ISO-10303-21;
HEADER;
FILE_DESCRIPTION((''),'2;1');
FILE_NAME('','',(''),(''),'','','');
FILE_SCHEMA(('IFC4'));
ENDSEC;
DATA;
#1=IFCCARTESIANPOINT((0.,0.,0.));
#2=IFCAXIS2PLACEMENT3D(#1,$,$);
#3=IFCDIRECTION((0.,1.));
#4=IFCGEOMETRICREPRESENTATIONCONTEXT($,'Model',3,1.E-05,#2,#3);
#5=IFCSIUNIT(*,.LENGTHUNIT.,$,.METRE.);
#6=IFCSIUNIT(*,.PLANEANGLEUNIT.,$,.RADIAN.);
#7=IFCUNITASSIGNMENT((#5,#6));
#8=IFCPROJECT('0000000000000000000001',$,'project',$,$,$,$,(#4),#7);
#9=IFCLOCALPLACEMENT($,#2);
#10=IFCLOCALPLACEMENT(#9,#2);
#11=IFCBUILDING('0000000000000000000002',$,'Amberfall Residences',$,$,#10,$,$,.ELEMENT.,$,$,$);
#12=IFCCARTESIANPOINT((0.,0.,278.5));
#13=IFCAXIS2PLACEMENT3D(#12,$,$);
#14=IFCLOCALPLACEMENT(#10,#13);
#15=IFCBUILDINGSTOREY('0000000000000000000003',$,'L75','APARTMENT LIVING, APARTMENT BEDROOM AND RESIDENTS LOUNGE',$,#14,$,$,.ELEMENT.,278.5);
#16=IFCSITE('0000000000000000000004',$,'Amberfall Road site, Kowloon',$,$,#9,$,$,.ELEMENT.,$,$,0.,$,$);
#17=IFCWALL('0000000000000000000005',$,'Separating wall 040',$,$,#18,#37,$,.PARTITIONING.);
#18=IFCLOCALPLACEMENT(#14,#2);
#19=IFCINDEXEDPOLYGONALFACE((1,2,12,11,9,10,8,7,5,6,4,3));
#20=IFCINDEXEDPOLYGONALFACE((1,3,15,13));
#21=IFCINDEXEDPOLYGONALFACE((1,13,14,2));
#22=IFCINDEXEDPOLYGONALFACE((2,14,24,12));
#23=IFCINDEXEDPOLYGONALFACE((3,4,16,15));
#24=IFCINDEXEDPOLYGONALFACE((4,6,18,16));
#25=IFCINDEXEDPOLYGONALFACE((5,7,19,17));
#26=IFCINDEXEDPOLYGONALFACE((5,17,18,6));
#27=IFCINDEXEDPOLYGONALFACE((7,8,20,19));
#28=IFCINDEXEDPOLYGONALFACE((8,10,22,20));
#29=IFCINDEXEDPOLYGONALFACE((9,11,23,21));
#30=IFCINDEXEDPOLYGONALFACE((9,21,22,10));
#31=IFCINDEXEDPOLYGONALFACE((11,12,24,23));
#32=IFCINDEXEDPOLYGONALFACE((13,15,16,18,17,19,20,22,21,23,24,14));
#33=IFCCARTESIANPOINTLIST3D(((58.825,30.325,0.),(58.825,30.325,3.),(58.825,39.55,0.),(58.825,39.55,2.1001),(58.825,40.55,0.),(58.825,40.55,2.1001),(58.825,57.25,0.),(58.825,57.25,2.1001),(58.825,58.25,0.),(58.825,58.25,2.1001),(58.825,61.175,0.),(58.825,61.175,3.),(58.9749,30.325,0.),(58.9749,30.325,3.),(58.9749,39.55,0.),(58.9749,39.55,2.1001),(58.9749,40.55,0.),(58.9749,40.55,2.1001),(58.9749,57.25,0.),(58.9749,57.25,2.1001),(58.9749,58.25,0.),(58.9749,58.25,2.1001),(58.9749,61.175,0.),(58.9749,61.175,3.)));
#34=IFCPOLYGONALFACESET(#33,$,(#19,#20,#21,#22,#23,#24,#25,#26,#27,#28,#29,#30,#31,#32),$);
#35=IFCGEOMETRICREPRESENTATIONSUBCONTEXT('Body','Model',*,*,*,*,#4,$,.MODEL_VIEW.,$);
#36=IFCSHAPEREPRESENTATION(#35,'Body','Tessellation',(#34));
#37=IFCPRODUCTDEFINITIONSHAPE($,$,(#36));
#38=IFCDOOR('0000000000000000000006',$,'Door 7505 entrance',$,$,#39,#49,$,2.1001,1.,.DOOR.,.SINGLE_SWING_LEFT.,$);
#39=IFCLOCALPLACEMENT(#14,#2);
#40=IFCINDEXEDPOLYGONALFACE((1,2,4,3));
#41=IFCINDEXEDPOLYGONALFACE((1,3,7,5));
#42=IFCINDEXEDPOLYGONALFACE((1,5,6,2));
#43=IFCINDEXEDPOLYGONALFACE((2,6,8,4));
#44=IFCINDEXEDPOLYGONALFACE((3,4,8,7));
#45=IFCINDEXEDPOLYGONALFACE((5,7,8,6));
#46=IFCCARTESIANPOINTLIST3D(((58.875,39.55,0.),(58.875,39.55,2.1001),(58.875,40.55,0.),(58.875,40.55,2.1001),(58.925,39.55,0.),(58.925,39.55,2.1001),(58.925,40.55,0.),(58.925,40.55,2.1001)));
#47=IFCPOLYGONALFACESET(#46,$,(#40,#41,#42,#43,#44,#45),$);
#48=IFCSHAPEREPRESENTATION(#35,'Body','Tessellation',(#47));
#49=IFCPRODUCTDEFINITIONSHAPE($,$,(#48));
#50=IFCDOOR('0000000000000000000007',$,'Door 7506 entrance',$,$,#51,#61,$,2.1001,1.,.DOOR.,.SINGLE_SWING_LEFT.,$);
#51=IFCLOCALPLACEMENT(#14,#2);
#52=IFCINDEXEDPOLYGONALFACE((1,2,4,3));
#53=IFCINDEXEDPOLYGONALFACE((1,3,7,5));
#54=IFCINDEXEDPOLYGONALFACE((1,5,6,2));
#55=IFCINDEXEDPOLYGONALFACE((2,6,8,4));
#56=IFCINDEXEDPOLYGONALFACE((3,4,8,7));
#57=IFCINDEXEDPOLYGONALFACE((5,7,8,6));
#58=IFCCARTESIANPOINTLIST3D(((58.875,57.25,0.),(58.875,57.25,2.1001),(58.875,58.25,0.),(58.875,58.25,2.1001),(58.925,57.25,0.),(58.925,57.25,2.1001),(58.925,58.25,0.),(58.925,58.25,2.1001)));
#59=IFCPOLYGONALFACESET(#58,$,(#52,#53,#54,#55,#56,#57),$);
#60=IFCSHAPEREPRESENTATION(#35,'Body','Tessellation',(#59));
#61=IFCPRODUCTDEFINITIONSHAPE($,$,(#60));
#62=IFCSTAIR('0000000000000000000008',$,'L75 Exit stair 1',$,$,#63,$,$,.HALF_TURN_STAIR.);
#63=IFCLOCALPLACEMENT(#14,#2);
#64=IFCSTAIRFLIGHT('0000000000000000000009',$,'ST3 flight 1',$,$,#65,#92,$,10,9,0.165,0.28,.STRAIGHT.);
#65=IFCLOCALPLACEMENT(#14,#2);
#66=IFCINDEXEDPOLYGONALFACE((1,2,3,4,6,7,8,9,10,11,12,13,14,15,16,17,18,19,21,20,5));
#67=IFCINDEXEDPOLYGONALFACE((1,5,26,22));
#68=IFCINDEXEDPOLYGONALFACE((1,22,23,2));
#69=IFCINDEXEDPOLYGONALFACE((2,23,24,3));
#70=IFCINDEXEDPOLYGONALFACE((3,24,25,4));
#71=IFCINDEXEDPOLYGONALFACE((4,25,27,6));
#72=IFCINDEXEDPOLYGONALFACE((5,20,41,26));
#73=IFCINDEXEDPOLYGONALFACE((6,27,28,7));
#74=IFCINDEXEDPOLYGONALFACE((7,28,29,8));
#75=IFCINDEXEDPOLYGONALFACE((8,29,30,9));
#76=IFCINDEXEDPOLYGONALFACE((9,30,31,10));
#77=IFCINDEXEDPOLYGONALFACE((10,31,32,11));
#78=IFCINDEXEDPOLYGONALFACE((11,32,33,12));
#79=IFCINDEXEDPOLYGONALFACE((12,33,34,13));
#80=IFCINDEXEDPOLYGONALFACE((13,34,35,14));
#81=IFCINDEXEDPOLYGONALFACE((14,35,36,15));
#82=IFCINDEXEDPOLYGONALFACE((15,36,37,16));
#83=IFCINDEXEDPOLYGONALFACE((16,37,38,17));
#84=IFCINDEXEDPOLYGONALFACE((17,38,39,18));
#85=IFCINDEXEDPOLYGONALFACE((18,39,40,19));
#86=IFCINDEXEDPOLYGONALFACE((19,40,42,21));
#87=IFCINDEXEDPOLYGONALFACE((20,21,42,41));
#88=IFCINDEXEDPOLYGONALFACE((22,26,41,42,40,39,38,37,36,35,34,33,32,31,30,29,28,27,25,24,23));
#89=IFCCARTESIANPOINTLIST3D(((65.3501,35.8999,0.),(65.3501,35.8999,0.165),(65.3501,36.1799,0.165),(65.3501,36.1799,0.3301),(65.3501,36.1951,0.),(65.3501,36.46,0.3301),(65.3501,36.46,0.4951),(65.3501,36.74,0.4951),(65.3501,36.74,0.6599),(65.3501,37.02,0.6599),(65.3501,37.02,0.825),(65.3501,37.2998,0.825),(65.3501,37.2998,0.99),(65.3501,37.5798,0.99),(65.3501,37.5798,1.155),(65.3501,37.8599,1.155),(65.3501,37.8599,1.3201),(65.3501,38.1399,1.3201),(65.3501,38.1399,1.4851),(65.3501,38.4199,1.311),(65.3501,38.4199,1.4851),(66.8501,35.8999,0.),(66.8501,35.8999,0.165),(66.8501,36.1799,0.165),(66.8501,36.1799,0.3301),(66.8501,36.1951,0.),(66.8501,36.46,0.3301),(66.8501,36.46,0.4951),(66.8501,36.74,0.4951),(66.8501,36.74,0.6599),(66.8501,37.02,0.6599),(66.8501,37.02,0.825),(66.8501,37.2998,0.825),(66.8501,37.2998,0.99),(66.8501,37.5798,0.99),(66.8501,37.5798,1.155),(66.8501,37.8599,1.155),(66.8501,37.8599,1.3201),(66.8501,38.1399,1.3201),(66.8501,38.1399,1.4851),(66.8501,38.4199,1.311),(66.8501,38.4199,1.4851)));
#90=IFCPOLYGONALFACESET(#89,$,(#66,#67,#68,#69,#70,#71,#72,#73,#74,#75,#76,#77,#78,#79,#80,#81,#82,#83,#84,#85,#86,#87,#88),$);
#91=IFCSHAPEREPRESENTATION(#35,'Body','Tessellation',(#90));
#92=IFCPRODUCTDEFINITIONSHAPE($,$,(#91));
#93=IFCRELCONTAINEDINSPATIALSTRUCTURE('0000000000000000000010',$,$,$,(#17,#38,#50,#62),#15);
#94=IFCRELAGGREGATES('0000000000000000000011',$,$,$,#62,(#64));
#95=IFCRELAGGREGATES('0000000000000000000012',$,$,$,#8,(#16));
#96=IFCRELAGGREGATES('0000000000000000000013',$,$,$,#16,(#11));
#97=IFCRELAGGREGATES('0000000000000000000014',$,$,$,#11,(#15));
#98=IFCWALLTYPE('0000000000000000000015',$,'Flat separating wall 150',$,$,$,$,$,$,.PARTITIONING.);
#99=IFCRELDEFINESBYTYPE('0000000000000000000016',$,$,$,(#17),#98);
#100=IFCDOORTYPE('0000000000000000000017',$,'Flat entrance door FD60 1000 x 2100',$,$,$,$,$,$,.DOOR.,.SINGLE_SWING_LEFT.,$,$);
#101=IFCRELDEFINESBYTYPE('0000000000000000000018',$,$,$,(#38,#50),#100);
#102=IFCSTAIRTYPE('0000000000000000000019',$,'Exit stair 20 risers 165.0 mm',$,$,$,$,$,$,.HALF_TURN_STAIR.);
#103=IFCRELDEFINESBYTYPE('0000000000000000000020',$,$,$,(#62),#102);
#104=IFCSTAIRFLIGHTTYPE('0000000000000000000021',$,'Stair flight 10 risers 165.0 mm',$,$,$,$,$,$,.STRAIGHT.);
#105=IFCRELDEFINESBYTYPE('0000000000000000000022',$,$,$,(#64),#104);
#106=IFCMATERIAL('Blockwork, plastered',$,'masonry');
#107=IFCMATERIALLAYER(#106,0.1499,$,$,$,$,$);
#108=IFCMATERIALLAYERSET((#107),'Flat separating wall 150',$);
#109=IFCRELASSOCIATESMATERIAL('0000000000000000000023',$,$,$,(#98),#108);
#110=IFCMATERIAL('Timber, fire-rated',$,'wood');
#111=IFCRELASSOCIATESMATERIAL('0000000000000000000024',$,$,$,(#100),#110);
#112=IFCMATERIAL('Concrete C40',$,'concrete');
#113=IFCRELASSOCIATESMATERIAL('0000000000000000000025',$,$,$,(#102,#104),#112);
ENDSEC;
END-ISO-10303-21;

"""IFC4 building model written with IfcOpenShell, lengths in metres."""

from ifc_helpers import new_model, si_unit, direction, frame, frame_2d, origin, place, context, subcontext, project, spatial, polyline, rectangle, outline, extrude, material, layer, layer_set, type_object, element, fill, aggregate, save


model = new_model("IFC4")

# Units and contexts
model_context = context("Model", 3, precision=1e-05, world=origin(), true_north=direction((0.0, 1.0)))
body_context = subcontext(model_context, "Body", "Model", "MODEL_VIEW")
ifc_project = project(units=[si_unit("LENGTHUNIT", "METRE"), si_unit("PLANEANGLEUNIT", "RADIAN")], contexts=[model_context])

# Site, building, storey
site_placement = place(None, origin())
site = spatial("IfcSite", under=ifc_project, at=site_placement, Name="Amberfall Road site, Kowloon", CompositionType="ELEMENT", RefElevation=0.0)
building_placement = place(site_placement, origin())
building = spatial("IfcBuilding", under=site, at=building_placement, Name="Amberfall Residences", CompositionType="ELEMENT")
storey_placement = place(building_placement, frame((0.0, 0.0, 278.5)))
storey = spatial("IfcBuildingStorey", under=building, at=storey_placement, Name="L75", Description="APARTMENT LIVING, APARTMENT BEDROOM AND RESIDENTS LOUNGE", CompositionType="ELEMENT", Elevation=278.5)

# Wall, openings, doors
ifc_material_1 = material(Name="Blockwork, plastered", Category="masonry")
ifc_layer_1 = layer(ifc_material_1, 0.1499)
ifc_layer_set_1 = layer_set([ifc_layer_1], Name="Flat separating wall 150")
wall_type_1 = type_object("IfcWallType", Name="Flat separating wall 150", PredefinedType="PARTITIONING", material=ifc_layer_set_1)
wall_1_placement = place(storey_placement, frame((58.8999, 30.325, 0.0), z_axis=(0.0, 0.0, 1.0), x_axis=(0.0, 1.0, 0.0)))
wall_1 = element("IfcWall", 1, at=wall_1_placement, inside=storey, type_object=wall_type_1, Name="Separating wall 040", PredefinedType="PARTITIONING", context=body_context, shape_type="SweptSolid", body=[
    extrude(rectangle(XDim=30.8501, YDim=0.1499, at=frame_2d((15.425, 0.0))), origin(), (0.0, 0.0, 1.0), 3.0),
])
opening_1_placement = place(wall_1_placement, frame((9.2251, 0.0, 0.0)))
opening_1 = element("IfcOpeningElement", 2, at=opening_1_placement, cuts=wall_1, PredefinedType="OPENING", context=body_context, shape_type="SweptSolid", body=[
    extrude(rectangle(XDim=1.0, YDim=2.1001, at=frame_2d((0.5, 1.05))), frame((0.0, 0.085, 0.0), z_axis=(0.0, -1.0, 0.0), x_axis=(1.0, 0.0, 0.0)), (0.0, 0.0, 1.0), 0.1699),
])
opening_2_placement = place(wall_1_placement, frame((26.925, 0.0, 0.0)))
opening_2 = element("IfcOpeningElement", 3, at=opening_2_placement, cuts=wall_1, PredefinedType="OPENING", context=body_context, shape_type="SweptSolid", body=[
    extrude(rectangle(XDim=1.0, YDim=2.1001, at=frame_2d((0.5, 1.05))), frame((0.0, 0.085, 0.0), z_axis=(0.0, -1.0, 0.0), x_axis=(1.0, 0.0, 0.0)), (0.0, 0.0, 1.0), 0.1699),
])
ifc_material_2 = material(Name="Timber, fire-rated", Category="wood")
door_type_1 = type_object("IfcDoorType", Name="Flat entrance door FD60 1000 x 2100", OperationType="SINGLE_SWING_LEFT", PredefinedType="DOOR", material=ifc_material_2)
door_1_placement = place(opening_1_placement, origin())
door_1 = element("IfcDoor", 4, at=door_1_placement, inside=storey, type_object=door_type_1, Name="Door 7505 entrance", OperationType="SINGLE_SWING_LEFT", OverallHeight=2.1001, OverallWidth=1.0, PredefinedType="DOOR", context=body_context, shape_type="SweptSolid", body=[
    extrude(rectangle(XDim=1.0, YDim=2.1001, at=frame_2d((0.5, 1.05))), frame((0.0, 0.0249, 0.0), z_axis=(0.0, -1.0, 0.0), x_axis=(1.0, 0.0, 0.0)), (0.0, 0.0, 1.0), 0.05),
])
fill(opening_1, door_1)
door_2_placement = place(opening_2_placement, origin())
door_2 = element("IfcDoor", 5, at=door_2_placement, inside=storey, type_object=door_type_1, Name="Door 7506 entrance", OperationType="SINGLE_SWING_LEFT", OverallHeight=2.1001, OverallWidth=1.0, PredefinedType="DOOR", context=body_context, shape_type="SweptSolid", body=[
    extrude(rectangle(XDim=1.0, YDim=2.1001, at=frame_2d((0.5, 1.05))), frame((0.0, 0.0249, 0.0), z_axis=(0.0, -1.0, 0.0), x_axis=(1.0, 0.0, 0.0)), (0.0, 0.0, 1.0), 0.05),
])
fill(opening_2, door_2)

# Stair, stair flight
ifc_material_3 = material(Name="Concrete C40", Category="concrete")
stair_type = type_object("IfcStairType", Name="Exit stair 20 risers 165.0 mm", PredefinedType="HALF_TURN_STAIR", material=ifc_material_3)
stair_placement = place(storey_placement, origin())
stair = element("IfcStair", 6, at=stair_placement, inside=storey, type_object=stair_type, Name="L75 Exit stair 1", PredefinedType="HALF_TURN_STAIR")
stair_flight_type = type_object("IfcStairFlightType", Name="Stair flight 10 risers 165.0 mm", PredefinedType="STRAIGHT", material=ifc_material_3)
stair_flight_placement = place(storey_placement, frame((66.1001, 35.8999, 0.0), z_axis=(0.0, 0.0, 1.0), x_axis=(0.0, 1.0, 0.0)))
stair_flight = element("IfcStairFlight", 7, at=stair_flight_placement, type_object=stair_flight_type, Name="ST3 flight 1", NumberOfRisers=10, NumberOfTreads=9, PredefinedType="STRAIGHT", RiserHeight=0.165, TreadLength=0.28, context=body_context, shape_type="SweptSolid", body=[
    extrude(outline(polyline([(0.0, 0.0), (0.0, 0.165), (0.28, 0.165), (0.28, 0.3301), (0.5601, 0.3301), (0.5601, 0.4951), (0.8401, 0.4951), (0.8401, 0.6599), (1.1201, 0.6599), (1.1201, 0.825), (1.3999, 0.825), (1.3999, 0.99), (1.6799, 0.99), (1.6799, 1.155), (1.96, 1.155), (1.96, 1.3201), (2.24, 1.3201), (2.24, 1.4851), (2.52, 1.4851), (2.52, 1.6499), (2.52, 1.311), (0.2952, 0.0), (0.0, 0.0)])), frame((0.0, 0.75, 0.0), z_axis=(0.0, -1.0, 0.0), x_axis=(1.0, 0.0, 0.0)), (0.0, 0.0, 1.0), 1.5),
])
aggregate(stair, [stair_flight])

save(model, "model.ifc")
